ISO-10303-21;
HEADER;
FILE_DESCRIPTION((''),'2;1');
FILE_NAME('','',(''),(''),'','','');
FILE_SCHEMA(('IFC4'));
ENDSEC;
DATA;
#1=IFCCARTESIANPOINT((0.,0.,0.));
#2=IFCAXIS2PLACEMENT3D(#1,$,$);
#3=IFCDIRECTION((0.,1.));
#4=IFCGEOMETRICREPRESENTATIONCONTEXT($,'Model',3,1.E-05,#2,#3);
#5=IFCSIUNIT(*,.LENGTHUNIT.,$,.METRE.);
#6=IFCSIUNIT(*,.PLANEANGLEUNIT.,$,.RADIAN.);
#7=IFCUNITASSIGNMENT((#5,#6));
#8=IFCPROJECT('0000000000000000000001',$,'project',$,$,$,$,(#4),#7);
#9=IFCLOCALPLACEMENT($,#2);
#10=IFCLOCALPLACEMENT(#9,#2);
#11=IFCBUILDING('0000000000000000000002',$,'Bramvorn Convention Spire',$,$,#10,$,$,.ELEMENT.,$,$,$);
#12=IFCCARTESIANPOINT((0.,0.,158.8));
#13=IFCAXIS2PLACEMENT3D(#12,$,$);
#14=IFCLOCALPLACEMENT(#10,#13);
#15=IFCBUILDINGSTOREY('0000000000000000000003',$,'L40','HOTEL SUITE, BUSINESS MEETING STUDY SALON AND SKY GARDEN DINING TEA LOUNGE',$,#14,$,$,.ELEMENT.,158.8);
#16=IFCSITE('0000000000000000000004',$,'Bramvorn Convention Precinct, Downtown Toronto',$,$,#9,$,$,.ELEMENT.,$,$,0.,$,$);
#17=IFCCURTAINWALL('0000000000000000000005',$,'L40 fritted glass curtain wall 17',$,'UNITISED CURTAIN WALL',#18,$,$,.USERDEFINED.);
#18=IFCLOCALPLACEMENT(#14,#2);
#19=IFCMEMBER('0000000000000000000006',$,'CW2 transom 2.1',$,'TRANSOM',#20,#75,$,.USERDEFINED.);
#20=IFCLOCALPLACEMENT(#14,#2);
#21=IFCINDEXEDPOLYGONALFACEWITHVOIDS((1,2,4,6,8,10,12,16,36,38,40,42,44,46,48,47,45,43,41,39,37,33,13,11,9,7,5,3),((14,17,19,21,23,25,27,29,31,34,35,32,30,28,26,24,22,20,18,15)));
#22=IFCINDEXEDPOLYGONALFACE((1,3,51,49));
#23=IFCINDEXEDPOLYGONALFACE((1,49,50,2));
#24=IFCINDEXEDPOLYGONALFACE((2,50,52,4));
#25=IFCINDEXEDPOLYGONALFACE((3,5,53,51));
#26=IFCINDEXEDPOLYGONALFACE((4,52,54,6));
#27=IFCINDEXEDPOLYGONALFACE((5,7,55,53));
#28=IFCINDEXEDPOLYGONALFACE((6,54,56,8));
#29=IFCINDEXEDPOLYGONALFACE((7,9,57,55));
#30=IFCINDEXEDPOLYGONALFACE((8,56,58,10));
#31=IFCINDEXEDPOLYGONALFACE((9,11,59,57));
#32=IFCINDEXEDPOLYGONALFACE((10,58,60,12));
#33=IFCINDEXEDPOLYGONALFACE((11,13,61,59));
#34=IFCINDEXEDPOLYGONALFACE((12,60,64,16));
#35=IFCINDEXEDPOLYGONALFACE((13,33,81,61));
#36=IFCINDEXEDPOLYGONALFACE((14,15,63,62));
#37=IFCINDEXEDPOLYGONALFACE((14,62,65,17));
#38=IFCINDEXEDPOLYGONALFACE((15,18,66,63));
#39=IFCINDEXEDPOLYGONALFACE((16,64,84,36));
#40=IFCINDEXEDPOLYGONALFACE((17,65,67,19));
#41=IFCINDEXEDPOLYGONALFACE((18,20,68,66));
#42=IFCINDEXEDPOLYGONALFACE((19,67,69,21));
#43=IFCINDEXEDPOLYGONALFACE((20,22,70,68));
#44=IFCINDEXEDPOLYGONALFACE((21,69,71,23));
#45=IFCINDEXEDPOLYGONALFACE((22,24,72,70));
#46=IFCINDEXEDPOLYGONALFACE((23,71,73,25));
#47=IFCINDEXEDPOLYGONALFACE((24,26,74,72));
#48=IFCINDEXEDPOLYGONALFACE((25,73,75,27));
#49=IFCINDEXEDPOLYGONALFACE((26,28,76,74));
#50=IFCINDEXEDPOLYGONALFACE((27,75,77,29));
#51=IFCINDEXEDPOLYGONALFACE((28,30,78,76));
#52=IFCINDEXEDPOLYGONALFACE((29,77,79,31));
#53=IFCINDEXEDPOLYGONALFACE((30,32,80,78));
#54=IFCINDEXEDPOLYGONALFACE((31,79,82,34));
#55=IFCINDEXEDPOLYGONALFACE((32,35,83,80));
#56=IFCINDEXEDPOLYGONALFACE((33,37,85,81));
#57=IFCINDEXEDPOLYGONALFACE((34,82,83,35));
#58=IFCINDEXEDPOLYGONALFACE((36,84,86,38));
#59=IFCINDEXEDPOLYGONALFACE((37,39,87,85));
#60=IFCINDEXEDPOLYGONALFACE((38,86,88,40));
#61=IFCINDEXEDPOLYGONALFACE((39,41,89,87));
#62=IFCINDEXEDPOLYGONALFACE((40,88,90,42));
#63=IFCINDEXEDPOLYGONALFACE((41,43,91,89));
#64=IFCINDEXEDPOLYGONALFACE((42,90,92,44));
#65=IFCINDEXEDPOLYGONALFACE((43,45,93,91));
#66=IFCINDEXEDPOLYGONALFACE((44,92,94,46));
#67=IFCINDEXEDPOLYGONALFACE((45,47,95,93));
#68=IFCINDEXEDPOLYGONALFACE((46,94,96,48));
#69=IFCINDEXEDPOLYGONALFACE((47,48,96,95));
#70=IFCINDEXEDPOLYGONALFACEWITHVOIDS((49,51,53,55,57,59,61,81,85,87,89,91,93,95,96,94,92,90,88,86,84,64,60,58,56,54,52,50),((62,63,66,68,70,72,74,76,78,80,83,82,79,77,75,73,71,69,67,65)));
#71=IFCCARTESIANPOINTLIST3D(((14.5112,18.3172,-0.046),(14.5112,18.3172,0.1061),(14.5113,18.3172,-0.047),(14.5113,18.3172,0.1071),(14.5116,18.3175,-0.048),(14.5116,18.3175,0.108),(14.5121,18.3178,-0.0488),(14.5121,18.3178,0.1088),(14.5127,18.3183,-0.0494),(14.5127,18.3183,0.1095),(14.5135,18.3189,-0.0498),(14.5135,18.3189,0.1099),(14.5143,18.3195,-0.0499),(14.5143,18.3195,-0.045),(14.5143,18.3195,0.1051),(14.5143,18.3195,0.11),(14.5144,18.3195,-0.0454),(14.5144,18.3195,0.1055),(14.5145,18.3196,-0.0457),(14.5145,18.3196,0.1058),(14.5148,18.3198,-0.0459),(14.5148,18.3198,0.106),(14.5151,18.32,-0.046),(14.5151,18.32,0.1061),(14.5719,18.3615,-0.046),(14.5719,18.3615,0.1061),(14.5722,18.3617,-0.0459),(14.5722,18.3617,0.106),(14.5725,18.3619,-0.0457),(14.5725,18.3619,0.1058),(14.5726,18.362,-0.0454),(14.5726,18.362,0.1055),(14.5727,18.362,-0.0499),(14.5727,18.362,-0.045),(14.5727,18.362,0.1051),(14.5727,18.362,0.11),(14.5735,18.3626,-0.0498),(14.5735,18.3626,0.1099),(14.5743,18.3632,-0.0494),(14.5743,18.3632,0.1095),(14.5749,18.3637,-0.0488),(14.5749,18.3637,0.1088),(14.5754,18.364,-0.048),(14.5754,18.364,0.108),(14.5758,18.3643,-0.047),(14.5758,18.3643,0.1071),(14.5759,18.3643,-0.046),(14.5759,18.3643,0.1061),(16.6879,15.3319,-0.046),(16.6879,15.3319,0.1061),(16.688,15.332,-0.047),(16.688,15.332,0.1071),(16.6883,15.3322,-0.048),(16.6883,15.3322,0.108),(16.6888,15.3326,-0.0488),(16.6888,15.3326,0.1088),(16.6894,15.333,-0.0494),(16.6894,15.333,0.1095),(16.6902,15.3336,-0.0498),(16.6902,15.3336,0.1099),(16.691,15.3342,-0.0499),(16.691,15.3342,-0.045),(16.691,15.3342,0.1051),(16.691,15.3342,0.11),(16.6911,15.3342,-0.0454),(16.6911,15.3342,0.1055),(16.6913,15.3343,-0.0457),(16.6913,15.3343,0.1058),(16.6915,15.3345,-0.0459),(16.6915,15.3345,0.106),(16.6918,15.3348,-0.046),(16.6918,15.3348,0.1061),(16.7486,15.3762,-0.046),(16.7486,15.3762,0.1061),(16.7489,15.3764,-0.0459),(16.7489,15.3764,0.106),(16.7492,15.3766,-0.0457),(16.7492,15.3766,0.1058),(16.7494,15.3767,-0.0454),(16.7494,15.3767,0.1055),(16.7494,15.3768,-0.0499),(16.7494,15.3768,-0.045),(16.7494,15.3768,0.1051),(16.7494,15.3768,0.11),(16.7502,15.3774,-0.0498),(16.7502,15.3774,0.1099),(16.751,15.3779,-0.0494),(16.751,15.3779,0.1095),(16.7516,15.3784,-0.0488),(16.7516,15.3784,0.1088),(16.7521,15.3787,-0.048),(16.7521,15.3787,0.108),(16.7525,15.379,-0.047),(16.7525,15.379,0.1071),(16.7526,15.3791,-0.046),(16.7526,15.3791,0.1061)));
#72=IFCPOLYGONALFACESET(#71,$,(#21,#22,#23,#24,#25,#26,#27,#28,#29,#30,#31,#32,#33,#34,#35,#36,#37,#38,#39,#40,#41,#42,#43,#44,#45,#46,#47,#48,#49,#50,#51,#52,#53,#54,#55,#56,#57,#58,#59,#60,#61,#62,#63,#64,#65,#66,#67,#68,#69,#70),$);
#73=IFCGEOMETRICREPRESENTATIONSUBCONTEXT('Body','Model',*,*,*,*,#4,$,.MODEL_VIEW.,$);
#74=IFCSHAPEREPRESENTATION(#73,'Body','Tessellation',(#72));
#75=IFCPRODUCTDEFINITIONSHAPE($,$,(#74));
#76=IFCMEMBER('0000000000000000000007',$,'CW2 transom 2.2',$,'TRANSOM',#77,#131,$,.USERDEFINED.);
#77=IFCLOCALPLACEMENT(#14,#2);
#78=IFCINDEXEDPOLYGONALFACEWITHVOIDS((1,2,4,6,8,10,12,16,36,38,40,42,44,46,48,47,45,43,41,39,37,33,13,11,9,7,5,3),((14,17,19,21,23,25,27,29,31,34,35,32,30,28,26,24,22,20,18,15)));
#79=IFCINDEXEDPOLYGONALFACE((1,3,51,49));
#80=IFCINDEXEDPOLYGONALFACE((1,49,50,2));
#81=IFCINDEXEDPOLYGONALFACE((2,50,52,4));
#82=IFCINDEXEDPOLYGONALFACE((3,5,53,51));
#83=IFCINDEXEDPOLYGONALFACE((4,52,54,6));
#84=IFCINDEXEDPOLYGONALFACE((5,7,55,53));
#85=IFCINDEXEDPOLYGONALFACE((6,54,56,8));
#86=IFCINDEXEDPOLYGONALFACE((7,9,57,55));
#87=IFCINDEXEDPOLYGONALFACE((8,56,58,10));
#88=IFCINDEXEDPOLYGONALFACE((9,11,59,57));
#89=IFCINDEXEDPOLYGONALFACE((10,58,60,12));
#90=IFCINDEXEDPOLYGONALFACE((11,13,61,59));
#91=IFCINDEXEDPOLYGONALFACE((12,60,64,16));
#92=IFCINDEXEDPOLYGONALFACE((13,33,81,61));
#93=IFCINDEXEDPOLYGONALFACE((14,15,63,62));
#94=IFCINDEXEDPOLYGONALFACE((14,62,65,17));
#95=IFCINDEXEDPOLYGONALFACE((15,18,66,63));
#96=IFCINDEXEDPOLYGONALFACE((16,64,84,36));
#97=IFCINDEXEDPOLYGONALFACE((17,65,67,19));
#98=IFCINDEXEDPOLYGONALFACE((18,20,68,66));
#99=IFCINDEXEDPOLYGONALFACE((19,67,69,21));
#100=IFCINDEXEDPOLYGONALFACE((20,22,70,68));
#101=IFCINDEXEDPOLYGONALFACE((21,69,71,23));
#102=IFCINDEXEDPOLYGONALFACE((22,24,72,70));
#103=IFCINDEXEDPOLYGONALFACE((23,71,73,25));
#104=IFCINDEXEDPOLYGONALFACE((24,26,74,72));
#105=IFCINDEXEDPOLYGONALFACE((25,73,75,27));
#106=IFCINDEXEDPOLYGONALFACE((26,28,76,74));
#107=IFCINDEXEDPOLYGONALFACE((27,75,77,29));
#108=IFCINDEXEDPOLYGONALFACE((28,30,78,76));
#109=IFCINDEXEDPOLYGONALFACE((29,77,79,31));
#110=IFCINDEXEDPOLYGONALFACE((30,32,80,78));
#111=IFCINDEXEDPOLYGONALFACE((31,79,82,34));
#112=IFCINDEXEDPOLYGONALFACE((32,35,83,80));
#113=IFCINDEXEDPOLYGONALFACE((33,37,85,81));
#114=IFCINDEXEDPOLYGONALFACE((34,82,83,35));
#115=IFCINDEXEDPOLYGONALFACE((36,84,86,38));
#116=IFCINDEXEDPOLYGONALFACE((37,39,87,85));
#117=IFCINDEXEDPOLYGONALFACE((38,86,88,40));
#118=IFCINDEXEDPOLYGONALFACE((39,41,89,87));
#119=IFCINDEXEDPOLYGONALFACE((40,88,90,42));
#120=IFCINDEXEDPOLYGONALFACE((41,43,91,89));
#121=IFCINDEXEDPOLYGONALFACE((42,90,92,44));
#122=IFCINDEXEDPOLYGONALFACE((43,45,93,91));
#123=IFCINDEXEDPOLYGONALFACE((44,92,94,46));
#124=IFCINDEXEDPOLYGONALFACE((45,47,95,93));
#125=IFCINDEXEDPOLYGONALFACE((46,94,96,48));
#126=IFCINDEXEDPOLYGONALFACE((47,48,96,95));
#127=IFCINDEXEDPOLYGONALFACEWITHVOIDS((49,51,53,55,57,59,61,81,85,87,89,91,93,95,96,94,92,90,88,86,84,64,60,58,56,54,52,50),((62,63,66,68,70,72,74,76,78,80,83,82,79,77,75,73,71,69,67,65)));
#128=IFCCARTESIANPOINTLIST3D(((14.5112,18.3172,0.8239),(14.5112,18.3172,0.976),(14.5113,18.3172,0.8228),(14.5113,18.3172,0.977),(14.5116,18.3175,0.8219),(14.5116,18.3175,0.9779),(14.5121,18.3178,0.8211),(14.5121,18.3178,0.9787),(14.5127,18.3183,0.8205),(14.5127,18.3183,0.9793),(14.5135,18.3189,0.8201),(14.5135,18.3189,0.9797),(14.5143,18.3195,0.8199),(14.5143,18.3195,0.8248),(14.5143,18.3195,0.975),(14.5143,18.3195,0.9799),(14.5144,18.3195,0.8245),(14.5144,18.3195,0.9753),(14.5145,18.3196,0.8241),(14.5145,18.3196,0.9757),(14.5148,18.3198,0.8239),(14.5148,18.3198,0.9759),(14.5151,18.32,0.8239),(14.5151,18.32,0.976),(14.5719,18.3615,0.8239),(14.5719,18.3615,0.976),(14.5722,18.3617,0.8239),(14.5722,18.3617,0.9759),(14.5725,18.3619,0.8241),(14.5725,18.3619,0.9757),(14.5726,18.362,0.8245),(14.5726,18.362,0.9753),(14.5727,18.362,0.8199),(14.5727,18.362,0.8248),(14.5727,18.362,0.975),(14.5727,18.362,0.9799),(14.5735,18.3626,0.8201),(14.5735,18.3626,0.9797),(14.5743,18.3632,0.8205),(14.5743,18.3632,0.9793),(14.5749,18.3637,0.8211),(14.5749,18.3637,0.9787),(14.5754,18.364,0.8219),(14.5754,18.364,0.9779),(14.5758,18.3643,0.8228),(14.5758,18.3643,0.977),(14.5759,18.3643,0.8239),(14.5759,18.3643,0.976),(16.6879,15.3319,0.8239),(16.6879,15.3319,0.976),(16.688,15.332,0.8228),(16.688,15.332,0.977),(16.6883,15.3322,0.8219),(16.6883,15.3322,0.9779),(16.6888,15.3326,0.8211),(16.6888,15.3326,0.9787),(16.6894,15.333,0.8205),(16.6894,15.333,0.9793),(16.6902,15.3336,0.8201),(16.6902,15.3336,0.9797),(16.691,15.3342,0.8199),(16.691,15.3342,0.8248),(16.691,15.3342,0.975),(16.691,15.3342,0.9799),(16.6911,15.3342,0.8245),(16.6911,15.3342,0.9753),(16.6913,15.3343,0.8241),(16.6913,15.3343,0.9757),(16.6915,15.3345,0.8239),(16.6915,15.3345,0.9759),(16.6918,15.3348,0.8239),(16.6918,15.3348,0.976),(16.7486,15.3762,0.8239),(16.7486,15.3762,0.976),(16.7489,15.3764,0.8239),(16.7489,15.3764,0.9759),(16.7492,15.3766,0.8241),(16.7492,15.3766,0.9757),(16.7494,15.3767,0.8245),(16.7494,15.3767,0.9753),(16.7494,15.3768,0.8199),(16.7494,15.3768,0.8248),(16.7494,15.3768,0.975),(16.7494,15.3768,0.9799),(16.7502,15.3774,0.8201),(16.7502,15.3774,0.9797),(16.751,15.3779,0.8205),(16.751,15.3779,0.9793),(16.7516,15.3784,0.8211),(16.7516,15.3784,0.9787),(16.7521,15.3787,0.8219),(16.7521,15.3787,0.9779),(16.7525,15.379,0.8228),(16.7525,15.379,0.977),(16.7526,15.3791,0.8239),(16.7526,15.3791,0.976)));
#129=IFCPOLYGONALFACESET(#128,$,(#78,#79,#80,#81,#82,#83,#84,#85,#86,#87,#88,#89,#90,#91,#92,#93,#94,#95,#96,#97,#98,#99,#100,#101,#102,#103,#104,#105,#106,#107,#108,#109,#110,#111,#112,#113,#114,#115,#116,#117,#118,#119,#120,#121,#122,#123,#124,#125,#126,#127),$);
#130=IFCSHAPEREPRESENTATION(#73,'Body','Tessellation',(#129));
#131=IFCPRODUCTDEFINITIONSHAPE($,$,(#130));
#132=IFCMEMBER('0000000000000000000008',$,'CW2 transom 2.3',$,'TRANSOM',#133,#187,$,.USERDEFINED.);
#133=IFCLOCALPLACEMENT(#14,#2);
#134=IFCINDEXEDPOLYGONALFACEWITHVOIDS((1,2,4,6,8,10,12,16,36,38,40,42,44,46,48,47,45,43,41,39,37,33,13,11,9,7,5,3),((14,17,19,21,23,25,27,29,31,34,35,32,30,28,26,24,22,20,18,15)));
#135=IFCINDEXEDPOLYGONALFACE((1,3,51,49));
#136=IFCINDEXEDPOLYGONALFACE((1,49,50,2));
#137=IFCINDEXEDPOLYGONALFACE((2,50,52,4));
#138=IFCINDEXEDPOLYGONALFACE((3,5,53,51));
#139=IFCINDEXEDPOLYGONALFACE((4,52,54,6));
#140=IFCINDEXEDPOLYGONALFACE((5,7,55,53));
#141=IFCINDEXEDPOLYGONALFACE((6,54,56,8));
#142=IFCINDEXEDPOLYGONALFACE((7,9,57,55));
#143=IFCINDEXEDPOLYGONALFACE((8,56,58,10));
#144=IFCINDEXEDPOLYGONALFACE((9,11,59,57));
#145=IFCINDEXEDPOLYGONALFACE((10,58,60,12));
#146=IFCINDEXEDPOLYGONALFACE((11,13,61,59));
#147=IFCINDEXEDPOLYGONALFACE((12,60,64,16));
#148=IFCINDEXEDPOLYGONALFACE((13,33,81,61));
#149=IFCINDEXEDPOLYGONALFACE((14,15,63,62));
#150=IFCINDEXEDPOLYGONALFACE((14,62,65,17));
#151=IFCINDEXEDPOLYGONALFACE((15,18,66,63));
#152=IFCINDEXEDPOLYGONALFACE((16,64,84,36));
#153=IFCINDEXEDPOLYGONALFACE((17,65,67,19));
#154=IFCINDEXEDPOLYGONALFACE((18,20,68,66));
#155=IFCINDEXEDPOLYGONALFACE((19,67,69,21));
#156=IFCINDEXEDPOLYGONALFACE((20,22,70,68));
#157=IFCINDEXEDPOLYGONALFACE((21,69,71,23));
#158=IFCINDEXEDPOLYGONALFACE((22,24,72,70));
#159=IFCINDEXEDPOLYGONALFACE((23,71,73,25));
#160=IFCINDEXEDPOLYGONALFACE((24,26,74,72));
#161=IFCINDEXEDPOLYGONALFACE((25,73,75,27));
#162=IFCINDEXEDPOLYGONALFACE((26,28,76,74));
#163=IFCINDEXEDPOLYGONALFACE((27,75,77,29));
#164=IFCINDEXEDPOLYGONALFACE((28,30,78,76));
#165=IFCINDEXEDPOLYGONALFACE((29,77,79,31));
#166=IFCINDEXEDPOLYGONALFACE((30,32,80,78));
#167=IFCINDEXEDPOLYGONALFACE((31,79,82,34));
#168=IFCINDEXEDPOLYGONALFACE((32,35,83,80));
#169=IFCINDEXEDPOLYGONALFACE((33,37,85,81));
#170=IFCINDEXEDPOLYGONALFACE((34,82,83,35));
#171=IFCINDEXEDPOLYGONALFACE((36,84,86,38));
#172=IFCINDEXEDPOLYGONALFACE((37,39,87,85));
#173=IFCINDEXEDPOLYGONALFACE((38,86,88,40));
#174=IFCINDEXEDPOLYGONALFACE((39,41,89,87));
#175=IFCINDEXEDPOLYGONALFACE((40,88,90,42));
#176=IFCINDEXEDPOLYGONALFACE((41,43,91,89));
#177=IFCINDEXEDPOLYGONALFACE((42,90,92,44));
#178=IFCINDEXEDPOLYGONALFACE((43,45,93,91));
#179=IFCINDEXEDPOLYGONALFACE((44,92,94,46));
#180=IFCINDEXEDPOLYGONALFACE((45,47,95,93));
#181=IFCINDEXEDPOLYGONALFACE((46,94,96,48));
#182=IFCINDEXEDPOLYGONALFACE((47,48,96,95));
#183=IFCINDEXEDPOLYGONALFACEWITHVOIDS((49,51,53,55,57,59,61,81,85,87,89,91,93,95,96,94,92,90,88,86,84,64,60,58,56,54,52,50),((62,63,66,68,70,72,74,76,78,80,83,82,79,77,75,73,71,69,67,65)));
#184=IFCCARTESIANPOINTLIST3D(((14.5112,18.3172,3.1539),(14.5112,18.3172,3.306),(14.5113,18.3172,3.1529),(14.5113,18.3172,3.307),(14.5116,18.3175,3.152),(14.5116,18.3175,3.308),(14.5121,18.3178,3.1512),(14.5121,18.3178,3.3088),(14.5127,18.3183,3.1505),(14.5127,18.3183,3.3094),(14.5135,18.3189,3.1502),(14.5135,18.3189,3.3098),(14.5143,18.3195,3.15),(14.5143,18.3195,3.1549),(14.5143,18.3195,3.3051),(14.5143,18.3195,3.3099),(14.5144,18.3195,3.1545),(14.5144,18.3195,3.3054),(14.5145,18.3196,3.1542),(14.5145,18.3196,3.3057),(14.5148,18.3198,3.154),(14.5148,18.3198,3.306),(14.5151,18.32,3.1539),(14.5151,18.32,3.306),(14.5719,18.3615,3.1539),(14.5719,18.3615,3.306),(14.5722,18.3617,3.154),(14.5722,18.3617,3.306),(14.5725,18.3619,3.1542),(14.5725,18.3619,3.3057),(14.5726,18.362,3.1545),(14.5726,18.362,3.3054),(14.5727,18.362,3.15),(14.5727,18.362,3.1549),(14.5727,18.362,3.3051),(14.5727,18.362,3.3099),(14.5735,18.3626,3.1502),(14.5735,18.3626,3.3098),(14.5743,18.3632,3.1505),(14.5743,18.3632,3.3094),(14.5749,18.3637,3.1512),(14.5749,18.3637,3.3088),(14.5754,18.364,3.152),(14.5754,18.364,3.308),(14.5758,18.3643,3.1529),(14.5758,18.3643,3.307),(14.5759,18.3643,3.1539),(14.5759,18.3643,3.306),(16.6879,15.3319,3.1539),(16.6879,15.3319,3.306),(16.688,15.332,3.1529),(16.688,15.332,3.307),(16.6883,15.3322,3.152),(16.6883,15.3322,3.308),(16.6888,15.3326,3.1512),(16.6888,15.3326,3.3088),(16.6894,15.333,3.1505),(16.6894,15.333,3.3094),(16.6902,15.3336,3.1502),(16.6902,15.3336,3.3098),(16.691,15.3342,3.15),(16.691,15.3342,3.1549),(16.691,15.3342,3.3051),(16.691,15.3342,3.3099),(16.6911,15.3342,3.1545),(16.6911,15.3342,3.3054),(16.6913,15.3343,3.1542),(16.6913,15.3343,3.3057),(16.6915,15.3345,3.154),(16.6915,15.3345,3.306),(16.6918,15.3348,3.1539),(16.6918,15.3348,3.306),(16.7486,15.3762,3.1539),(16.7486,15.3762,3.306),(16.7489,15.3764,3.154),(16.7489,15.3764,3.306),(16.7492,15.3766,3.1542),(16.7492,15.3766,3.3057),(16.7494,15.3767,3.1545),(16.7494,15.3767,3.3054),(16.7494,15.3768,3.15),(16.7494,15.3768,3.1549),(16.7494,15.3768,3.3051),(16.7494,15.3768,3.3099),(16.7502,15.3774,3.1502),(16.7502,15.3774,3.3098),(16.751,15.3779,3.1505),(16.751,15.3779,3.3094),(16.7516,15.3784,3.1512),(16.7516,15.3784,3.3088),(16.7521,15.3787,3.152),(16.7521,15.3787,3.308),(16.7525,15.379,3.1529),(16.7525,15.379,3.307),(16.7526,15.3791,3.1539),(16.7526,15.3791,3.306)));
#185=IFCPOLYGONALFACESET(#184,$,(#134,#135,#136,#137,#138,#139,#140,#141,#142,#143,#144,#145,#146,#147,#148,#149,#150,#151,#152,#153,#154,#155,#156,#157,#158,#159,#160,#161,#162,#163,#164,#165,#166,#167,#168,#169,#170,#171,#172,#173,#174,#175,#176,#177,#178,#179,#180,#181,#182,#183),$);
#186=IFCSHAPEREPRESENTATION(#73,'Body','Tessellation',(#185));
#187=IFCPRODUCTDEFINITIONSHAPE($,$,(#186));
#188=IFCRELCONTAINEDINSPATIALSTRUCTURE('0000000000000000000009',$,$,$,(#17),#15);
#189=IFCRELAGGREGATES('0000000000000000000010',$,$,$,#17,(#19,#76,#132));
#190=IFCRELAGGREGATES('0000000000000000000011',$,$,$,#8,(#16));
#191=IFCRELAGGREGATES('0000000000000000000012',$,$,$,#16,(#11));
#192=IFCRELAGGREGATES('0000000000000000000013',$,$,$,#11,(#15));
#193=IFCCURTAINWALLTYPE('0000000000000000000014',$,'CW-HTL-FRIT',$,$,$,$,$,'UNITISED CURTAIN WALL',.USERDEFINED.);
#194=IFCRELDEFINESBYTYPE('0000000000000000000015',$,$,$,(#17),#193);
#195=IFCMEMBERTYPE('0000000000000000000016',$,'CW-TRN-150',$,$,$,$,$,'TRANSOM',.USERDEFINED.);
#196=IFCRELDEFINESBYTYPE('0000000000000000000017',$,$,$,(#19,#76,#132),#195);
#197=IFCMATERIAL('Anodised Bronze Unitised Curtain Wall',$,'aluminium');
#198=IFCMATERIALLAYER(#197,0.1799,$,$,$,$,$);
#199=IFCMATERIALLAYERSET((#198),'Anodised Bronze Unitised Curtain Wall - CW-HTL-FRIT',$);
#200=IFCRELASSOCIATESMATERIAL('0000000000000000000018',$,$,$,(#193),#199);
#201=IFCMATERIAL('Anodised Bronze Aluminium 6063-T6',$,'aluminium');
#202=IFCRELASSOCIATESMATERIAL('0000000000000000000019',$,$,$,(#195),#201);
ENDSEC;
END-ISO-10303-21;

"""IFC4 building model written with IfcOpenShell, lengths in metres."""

from ifc_helpers import new_model, si_unit, direction, frame, origin, origin_2d, place, context, subcontext, project, spatial, hollow_rectangle, extrude, material, layer, layer_set, material_profile, profile_set, type_object, element, aggregate, save


model = new_model("IFC4")

# Units and contexts
model_context = context("Model", 3, precision=1e-05, world=origin(), true_north=direction((0.0, 1.0)))
body_context = subcontext(model_context, "Body", "Model", "MODEL_VIEW")
ifc_project = project(units=[si_unit("LENGTHUNIT", "METRE"), si_unit("PLANEANGLEUNIT", "RADIAN")], contexts=[model_context])

# Site, building, storey
site_placement = place(None, origin())
site = spatial("IfcSite", under=ifc_project, at=site_placement, Name="Bramvorn Convention Precinct, Downtown Toronto", CompositionType="ELEMENT", RefElevation=0.0)
building_placement = place(site_placement, origin())
building = spatial("IfcBuilding", under=site, at=building_placement, Name="Bramvorn Convention Spire", CompositionType="ELEMENT")
storey_placement = place(building_placement, frame((0.0, 0.0, 158.8)))
storey = spatial("IfcBuildingStorey", under=building, at=storey_placement, Name="L40", Description="HOTEL SUITE, BUSINESS MEETING STUDY SALON AND SKY GARDEN DINING TEA LOUNGE", CompositionType="ELEMENT", Elevation=158.8)

# Curtain wall
ifc_material_1 = material(Name="Anodised Bronze Unitised Curtain Wall", Category="aluminium")
ifc_layer_1 = layer(ifc_material_1, 0.1799)
ifc_layer_set_1 = layer_set([ifc_layer_1], Name="Anodised Bronze Unitised Curtain Wall - CW-HTL-FRIT")
curtain_wall_type = type_object("IfcCurtainWallType", Name="CW-HTL-FRIT", ElementType="UNITISED CURTAIN WALL", PredefinedType="USERDEFINED", material=ifc_layer_set_1)
ifc_material_2 = material(Name="Anodised Bronze Aluminium 6063-T6", Category="aluminium")
curtain_wall_1_placement = place(storey_placement, origin())
curtain_wall_1 = element("IfcCurtainWall", 1, at=curtain_wall_1_placement, inside=storey, type_object=curtain_wall_type, Name="L40 fritted glass curtain wall 17", ObjectType="UNITISED CURTAIN WALL", PredefinedType="USERDEFINED")

# Members
ifc_material_profile_1 = material_profile(ifc_material_2, hollow_rectangle(XDim=0.0801, YDim=0.1599, WallThickness=0.0039, InnerFilletRadius=0.001, OuterFilletRadius=0.0039, at=origin_2d()))
ifc_profile_set_1 = profile_set([ifc_material_profile_1], Name="Anodised Bronze Aluminium 6063-T6 - CWT80X160")
member_type_1 = type_object("IfcMemberType", Name="CW-TRN-150", ElementType="TRANSOM", PredefinedType="USERDEFINED", material=ifc_profile_set_1)
member_1_placement = place(storey_placement, frame((16.7202, 15.3555, 0.03), z_axis=(-0.589161, 0.808015, 0.0), x_axis=(-0.808015, -0.589161, 0.0)))
member_1 = element("IfcMember", 2, at=member_1_placement, type_object=member_type_1, Name="CW2 transom 2.1", ObjectType="TRANSOM", PredefinedType="USERDEFINED", context=body_context, shape_type="SweptSolid", body=[
    extrude(hollow_rectangle(XDim=0.0801, YDim=0.1599, WallThickness=0.0039, InnerFilletRadius=0.001, OuterFilletRadius=0.0039, at=origin_2d()), origin(), (0.0, 0.0, 1.0), 3.6946),
])
member_2_placement = place(storey_placement, frame((16.7202, 15.3555, 0.8999), z_axis=(-0.589161, 0.808015, 0.0), x_axis=(-0.808015, -0.589161, 0.0)))
member_2 = element("IfcMember", 3, at=member_2_placement, type_object=member_type_1, Name="CW2 transom 2.2", ObjectType="TRANSOM", PredefinedType="USERDEFINED", context=body_context, shape_type="SweptSolid", body=[
    extrude(hollow_rectangle(XDim=0.0801, YDim=0.1599, WallThickness=0.0039, InnerFilletRadius=0.001, OuterFilletRadius=0.0039, at=origin_2d()), origin(), (0.0, 0.0, 1.0), 3.6946),
])
member_3_placement = place(storey_placement, frame((16.7202, 15.3555, 3.23), z_axis=(-0.589161, 0.808015, 0.0), x_axis=(-0.808015, -0.589161, 0.0)))
member_3 = element("IfcMember", 4, at=member_3_placement, type_object=member_type_1, Name="CW2 transom 2.3", ObjectType="TRANSOM", PredefinedType="USERDEFINED", context=body_context, shape_type="SweptSolid", body=[
    extrude(hollow_rectangle(XDim=0.0801, YDim=0.1599, WallThickness=0.0039, InnerFilletRadius=0.001, OuterFilletRadius=0.0039, at=origin_2d()), origin(), (0.0, 0.0, 1.0), 3.6946),
])

aggregate(curtain_wall_1, [member_1, member_2, member_3])

save(model, "model.ifc")
